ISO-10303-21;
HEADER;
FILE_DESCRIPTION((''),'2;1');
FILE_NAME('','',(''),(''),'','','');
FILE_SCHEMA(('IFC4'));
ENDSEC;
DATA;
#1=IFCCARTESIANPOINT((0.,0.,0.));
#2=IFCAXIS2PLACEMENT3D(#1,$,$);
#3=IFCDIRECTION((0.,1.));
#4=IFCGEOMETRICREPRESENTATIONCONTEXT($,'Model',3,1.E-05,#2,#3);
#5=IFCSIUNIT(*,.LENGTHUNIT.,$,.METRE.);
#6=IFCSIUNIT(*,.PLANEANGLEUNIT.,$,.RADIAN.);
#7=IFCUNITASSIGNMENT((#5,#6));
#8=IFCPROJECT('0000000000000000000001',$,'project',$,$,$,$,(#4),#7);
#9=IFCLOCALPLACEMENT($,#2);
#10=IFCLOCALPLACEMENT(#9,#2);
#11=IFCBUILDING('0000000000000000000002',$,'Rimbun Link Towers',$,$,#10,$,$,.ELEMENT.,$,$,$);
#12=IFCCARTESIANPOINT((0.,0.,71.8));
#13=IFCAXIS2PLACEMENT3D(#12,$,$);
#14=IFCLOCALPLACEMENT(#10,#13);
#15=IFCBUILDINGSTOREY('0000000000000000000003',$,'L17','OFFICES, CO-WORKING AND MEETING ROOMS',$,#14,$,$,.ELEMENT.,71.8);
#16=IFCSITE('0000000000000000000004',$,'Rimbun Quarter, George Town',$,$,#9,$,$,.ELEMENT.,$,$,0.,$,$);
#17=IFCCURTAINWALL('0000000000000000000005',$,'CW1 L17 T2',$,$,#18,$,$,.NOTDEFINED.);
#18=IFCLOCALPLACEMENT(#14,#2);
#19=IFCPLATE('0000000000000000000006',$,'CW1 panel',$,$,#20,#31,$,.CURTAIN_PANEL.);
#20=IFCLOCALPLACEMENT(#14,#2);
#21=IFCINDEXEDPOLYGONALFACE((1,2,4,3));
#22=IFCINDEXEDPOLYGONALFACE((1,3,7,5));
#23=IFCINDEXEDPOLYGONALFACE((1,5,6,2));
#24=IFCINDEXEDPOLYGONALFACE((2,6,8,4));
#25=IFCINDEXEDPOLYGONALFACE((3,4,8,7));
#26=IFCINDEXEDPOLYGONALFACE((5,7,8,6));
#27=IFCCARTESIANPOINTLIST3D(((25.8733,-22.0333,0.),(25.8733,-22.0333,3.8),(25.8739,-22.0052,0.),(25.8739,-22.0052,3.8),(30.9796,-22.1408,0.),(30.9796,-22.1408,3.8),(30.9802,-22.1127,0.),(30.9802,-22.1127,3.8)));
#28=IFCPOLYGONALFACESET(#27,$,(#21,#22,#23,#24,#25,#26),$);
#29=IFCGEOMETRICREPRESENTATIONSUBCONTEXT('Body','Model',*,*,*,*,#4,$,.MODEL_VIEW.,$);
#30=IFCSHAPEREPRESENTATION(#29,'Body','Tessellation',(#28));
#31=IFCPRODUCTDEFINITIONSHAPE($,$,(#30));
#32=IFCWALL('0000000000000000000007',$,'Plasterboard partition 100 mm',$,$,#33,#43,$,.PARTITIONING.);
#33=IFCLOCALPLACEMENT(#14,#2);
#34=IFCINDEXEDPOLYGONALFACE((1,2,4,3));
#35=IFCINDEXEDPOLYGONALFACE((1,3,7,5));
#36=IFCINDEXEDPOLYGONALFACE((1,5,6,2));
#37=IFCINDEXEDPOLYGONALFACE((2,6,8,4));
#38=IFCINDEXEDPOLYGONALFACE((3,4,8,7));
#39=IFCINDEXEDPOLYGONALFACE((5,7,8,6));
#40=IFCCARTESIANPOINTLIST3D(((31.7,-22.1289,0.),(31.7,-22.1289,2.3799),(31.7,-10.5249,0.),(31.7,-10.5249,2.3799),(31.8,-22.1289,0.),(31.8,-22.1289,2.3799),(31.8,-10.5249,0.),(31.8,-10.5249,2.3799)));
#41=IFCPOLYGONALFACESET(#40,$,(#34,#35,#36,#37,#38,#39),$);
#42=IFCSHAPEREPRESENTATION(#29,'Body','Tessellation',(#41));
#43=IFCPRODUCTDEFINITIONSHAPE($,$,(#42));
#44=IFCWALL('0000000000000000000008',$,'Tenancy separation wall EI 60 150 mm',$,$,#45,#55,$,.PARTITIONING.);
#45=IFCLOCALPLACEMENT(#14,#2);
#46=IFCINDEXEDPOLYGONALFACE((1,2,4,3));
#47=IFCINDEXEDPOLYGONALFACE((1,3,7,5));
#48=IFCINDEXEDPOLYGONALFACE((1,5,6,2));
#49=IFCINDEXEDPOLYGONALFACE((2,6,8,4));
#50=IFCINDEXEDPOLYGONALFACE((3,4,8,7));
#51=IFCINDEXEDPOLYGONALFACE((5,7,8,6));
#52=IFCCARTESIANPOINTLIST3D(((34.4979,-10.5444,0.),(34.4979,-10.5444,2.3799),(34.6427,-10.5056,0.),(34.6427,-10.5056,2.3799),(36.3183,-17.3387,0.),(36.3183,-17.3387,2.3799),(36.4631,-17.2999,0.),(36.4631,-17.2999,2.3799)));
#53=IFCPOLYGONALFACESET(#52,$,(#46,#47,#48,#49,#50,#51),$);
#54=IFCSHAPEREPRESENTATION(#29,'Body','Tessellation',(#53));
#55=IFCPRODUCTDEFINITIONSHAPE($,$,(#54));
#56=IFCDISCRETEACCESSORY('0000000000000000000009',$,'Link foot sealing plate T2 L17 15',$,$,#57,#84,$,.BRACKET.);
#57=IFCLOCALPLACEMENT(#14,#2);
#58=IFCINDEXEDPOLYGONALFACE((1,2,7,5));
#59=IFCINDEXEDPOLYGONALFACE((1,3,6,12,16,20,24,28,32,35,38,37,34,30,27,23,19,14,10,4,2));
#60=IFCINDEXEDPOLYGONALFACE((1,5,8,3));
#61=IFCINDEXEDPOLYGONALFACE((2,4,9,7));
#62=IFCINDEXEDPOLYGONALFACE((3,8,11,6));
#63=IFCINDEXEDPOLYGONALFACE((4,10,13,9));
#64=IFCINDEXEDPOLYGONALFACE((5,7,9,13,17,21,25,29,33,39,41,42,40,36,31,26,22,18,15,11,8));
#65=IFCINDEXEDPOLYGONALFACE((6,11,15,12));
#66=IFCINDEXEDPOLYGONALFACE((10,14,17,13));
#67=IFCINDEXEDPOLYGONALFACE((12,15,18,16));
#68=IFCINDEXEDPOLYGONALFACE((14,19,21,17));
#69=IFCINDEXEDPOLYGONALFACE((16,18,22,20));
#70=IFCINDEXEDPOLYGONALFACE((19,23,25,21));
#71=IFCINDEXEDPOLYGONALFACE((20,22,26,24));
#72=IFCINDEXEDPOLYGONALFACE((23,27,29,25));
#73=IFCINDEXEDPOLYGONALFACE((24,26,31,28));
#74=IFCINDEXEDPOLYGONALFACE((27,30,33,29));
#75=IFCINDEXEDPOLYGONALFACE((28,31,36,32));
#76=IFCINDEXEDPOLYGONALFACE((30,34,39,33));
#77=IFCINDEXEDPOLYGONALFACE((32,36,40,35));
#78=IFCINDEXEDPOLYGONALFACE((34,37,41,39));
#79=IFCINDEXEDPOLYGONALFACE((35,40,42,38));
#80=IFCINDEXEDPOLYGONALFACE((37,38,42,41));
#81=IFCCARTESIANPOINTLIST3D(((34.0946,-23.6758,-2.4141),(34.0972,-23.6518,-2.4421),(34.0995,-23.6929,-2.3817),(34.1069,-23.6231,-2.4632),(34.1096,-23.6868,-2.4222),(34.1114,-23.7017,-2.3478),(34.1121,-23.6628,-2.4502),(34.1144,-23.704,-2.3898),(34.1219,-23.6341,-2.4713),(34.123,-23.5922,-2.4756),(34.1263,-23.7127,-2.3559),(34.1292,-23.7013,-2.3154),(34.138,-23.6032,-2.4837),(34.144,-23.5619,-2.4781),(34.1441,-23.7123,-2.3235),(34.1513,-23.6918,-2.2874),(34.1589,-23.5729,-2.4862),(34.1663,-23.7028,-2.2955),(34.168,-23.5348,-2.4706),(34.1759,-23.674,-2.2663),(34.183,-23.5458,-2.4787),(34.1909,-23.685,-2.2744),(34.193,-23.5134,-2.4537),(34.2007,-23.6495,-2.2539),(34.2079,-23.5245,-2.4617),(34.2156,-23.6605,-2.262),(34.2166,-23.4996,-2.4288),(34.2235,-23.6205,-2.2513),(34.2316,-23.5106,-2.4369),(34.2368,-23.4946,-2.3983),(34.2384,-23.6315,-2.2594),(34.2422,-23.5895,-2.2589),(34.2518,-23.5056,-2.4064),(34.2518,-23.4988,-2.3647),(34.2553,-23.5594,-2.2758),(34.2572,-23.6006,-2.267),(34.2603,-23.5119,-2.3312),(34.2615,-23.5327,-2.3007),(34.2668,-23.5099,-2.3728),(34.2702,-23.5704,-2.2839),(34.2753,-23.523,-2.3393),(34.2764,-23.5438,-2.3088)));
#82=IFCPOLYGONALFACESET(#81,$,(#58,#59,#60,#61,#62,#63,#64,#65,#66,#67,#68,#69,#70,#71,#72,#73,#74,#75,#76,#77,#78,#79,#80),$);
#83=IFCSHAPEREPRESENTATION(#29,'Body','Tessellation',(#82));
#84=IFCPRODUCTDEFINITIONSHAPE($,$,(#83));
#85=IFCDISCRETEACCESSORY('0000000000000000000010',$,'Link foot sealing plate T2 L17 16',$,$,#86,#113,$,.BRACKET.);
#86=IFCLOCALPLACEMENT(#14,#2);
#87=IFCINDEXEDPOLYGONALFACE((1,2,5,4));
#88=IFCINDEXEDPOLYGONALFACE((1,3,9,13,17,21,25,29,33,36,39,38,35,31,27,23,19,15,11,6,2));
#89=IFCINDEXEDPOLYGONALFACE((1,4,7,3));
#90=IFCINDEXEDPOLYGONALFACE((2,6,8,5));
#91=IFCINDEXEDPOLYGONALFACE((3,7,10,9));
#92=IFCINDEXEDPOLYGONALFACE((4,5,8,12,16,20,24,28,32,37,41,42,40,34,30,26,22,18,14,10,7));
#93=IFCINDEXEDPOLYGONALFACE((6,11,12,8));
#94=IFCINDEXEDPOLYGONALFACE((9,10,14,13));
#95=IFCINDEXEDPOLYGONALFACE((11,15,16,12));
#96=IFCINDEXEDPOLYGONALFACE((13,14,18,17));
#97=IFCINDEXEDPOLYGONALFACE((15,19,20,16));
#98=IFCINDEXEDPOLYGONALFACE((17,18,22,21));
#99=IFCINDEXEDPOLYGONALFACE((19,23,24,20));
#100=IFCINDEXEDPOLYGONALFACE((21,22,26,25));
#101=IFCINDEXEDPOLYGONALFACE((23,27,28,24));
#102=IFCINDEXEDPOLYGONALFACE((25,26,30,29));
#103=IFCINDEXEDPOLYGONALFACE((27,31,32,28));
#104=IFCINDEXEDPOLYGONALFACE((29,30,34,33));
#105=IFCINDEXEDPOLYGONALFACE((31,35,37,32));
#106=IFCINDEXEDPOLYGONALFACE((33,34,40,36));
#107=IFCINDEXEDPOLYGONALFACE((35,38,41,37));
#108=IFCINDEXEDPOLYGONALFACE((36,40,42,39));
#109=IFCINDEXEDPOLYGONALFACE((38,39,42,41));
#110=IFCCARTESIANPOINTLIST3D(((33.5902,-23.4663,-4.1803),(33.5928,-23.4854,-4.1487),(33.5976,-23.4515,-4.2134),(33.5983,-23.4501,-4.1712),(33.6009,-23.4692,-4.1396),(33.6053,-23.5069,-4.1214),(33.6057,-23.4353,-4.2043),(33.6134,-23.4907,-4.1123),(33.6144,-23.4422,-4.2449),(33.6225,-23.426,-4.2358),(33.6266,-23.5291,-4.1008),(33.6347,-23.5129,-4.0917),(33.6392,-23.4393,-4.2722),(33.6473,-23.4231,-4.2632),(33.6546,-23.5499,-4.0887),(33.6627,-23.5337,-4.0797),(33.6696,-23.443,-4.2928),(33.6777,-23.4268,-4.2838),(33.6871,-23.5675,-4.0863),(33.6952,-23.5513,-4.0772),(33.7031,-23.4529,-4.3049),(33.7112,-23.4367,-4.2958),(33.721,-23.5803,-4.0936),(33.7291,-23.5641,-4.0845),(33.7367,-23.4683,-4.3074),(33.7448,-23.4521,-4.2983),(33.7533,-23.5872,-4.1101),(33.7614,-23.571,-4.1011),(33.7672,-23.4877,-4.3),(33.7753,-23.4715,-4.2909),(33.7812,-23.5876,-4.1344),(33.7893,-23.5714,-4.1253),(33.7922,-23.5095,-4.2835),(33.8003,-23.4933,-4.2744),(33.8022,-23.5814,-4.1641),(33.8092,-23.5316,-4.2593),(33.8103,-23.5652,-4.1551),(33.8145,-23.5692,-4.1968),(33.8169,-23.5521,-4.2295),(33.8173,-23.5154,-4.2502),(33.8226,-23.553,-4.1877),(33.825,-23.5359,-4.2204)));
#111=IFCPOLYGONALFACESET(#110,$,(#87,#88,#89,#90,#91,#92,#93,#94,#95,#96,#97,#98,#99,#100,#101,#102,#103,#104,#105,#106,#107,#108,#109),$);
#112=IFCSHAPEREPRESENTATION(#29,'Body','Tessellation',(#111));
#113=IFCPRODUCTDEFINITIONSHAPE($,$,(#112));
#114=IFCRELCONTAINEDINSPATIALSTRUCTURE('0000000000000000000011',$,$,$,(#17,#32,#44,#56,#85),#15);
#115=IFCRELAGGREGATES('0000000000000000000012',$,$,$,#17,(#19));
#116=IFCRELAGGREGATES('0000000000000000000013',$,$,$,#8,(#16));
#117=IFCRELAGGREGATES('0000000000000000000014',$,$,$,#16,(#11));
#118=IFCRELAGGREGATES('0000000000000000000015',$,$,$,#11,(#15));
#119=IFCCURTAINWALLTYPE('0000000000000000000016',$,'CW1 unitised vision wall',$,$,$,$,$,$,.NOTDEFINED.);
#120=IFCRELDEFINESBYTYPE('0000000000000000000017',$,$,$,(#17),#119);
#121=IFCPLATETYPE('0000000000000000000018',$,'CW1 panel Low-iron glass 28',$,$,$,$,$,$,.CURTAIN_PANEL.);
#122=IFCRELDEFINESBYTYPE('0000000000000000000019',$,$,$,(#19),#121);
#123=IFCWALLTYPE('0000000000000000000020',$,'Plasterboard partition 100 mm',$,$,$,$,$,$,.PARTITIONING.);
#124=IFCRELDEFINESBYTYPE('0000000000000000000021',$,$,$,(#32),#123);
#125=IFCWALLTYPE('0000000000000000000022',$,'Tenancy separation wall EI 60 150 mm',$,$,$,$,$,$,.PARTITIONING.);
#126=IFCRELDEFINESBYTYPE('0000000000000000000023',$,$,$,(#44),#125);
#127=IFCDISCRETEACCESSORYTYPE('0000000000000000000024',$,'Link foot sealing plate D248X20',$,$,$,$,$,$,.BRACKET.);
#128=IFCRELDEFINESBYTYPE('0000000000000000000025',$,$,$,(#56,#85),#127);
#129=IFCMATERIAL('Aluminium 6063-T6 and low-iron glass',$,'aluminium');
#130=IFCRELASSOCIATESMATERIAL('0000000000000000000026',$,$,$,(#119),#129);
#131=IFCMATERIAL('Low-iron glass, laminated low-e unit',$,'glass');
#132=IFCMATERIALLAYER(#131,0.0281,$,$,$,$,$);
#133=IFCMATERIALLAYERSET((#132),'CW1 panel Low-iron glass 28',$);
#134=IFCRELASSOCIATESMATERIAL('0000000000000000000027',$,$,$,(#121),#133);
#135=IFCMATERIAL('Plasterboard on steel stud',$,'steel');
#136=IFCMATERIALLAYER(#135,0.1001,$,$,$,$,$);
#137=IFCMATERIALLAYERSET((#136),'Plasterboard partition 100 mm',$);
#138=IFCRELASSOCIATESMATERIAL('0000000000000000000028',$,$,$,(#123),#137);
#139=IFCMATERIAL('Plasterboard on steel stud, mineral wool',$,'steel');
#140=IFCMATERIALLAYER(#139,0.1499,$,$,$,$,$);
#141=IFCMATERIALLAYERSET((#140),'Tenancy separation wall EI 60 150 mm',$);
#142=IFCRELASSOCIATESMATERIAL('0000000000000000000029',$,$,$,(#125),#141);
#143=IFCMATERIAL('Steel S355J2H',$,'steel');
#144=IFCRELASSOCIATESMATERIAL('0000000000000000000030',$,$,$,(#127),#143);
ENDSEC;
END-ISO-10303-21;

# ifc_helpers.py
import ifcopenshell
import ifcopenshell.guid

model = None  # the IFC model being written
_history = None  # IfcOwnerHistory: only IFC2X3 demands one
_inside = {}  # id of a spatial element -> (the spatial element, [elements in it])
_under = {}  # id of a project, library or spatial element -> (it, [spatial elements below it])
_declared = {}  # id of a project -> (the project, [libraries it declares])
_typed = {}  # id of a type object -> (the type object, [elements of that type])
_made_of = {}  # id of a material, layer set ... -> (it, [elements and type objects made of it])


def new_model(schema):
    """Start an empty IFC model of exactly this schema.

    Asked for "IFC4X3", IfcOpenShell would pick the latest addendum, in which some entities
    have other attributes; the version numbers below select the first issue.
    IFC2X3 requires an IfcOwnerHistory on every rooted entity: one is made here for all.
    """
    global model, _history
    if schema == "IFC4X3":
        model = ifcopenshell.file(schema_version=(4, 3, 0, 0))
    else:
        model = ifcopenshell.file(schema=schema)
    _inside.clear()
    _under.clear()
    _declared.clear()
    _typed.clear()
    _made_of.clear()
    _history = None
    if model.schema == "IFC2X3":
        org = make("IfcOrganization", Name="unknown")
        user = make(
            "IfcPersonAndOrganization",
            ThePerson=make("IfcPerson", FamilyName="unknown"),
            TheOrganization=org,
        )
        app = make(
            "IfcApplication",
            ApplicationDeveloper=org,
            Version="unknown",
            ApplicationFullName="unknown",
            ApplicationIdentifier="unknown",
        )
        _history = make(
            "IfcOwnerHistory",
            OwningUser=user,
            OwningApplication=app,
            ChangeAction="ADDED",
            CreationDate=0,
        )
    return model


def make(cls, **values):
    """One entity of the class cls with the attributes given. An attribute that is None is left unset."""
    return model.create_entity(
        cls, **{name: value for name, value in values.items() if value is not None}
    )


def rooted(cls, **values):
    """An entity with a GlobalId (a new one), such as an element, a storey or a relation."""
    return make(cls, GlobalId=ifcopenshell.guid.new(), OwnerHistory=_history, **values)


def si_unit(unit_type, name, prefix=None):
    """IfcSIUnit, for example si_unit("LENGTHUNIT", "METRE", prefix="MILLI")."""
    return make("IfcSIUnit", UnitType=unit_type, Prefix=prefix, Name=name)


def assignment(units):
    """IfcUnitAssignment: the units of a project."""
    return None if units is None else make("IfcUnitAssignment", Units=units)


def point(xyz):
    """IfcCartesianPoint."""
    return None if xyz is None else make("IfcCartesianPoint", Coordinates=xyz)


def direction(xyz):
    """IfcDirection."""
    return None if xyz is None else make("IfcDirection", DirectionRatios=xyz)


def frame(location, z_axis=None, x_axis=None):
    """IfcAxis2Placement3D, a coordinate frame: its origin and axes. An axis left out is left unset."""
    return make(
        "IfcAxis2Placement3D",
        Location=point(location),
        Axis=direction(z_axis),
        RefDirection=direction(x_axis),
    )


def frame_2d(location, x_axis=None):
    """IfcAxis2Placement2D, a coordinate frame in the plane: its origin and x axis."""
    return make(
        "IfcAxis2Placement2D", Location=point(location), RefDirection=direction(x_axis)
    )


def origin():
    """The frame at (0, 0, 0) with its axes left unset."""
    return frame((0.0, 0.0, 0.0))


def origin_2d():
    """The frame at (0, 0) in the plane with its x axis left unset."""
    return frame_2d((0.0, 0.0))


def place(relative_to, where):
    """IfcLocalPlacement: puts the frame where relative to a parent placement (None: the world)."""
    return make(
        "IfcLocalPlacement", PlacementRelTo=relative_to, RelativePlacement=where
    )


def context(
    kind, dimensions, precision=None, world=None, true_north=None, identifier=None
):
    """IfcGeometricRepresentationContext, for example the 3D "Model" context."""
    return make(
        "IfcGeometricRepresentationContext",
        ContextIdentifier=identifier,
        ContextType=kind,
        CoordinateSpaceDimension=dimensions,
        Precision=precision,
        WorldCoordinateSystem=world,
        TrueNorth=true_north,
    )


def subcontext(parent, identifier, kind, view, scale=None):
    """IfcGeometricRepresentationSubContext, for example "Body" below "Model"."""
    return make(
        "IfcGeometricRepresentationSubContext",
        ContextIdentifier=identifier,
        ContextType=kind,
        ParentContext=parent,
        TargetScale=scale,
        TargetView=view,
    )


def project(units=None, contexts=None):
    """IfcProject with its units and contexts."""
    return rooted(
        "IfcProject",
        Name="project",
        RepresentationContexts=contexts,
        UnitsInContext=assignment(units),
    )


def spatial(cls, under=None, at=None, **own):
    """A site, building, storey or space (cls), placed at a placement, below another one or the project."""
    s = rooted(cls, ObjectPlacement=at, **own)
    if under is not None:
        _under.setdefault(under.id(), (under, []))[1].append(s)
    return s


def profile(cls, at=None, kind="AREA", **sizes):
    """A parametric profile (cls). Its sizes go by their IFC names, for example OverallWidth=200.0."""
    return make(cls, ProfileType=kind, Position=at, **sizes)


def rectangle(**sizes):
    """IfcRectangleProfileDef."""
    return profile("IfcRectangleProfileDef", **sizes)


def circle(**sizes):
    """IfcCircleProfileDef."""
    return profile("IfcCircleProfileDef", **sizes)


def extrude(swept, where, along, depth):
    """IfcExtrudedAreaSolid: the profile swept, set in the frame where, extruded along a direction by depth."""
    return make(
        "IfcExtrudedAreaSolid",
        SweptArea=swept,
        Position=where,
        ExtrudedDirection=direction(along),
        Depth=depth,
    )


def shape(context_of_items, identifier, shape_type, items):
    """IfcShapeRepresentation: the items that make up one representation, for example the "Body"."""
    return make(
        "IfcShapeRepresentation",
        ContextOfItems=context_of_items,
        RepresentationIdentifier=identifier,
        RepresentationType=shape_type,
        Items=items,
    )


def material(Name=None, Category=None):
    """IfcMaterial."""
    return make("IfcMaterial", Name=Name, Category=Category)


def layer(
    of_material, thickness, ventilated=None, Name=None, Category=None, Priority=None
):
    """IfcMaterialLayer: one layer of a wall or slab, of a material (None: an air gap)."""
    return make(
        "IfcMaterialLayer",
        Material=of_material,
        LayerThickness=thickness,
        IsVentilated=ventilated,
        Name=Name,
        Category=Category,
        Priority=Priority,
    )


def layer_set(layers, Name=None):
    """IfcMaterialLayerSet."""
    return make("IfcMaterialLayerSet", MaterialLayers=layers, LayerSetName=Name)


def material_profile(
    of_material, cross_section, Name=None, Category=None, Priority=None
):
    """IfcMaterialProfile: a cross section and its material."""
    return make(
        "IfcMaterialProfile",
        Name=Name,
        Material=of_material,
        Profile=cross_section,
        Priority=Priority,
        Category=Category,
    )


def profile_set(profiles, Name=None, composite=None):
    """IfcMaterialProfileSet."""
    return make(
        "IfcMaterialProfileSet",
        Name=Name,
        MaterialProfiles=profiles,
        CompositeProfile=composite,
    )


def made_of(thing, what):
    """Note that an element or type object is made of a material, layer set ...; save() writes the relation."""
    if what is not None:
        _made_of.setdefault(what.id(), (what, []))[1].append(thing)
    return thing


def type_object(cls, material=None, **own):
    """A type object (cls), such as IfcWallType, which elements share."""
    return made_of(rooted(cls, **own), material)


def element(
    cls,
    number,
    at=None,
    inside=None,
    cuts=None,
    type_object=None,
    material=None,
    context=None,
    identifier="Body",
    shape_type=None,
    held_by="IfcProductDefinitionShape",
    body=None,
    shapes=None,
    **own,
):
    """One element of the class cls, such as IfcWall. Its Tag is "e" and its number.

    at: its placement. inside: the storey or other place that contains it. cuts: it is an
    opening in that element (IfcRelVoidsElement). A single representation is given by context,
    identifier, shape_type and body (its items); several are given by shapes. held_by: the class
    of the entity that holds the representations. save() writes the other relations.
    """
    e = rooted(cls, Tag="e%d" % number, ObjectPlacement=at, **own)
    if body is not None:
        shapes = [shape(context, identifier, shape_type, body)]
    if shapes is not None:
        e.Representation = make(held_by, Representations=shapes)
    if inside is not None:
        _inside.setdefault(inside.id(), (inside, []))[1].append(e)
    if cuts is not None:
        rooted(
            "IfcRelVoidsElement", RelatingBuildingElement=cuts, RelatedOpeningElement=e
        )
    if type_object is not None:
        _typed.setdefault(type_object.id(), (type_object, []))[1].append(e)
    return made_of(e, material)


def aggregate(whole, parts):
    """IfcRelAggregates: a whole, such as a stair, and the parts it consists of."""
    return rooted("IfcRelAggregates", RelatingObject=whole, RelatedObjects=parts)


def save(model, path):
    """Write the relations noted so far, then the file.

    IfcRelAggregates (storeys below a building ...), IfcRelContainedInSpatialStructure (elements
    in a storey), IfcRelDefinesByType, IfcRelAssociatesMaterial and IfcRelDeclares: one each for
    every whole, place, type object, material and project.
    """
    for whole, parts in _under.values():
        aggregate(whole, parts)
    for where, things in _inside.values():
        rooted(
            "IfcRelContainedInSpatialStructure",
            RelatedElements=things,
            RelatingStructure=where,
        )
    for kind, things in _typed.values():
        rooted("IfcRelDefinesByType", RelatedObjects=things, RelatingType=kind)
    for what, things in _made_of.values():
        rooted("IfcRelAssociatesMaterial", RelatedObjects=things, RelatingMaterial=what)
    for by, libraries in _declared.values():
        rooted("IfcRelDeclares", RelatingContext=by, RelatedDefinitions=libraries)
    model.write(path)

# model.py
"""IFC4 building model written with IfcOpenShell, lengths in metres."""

from ifc_helpers import new_model, si_unit, direction, frame, frame_2d, origin, origin_2d, place, context, subcontext, project, spatial, rectangle, circle, extrude, material, layer, layer_set, material_profile, profile_set, type_object, element, aggregate, save


model = new_model("IFC4")

# Units and contexts
model_context = context("Model", 3, precision=1e-05, world=origin(), true_north=direction((0.0, 1.0)))
body_context = subcontext(model_context, "Body", "Model", "MODEL_VIEW")
ifc_project = project(units=[si_unit("LENGTHUNIT", "METRE"), si_unit("PLANEANGLEUNIT", "RADIAN")], contexts=[model_context])

# Site, building, storey
site_placement = place(None, origin())
site = spatial("IfcSite", under=ifc_project, at=site_placement, Name="Rimbun Quarter, George Town", CompositionType="ELEMENT", RefElevation=0.0)
building_placement = place(site_placement, origin())
building = spatial("IfcBuilding", under=site, at=building_placement, Name="Rimbun Link Towers", CompositionType="ELEMENT")
storey_placement = place(building_placement, frame((0.0, 0.0, 71.8)))
storey = spatial("IfcBuildingStorey", under=building, at=storey_placement, Name="L17", Description="OFFICES, CO-WORKING AND MEETING ROOMS", CompositionType="ELEMENT", Elevation=71.8)

# Curtain wall
ifc_material_1 = material(Name="Aluminium 6063-T6 and low-iron glass", Category="aluminium")
curtain_wall_type = type_object("IfcCurtainWallType", Name="CW1 unitised vision wall", PredefinedType="NOTDEFINED", material=ifc_material_1)
curtain_wall_placement = place(storey_placement, origin())
curtain_wall = element("IfcCurtainWall", 1, at=curtain_wall_placement, inside=storey, type_object=curtain_wall_type, Name="CW1 L17 T2", PredefinedType="NOTDEFINED")

# Plate
ifc_material_2 = material(Name="Low-iron glass, laminated low-e unit", Category="glass")
ifc_layer_1 = layer(ifc_material_2, 0.0281)
ifc_layer_set_1 = layer_set([ifc_layer_1], Name="CW1 panel Low-iron glass 28")
plate_type = type_object("IfcPlateType", Name="CW1 panel Low-iron glass 28", PredefinedType="CURTAIN_PANEL", material=ifc_layer_set_1)
plate_placement = place(storey_placement, frame((28.4268, -22.073, 0.0), z_axis=(0.0, 0.0, 1.0), x_axis=(-0.999778, 0.02106, 0.0)))
plate = element("IfcPlate", 2, at=plate_placement, type_object=plate_type, Name="CW1 panel", PredefinedType="CURTAIN_PANEL", context=body_context, shape_type="SweptSolid", body=[
    extrude(rectangle(XDim=5.1074, YDim=0.0281, at=origin_2d()), origin(), (0.0, 0.0, 1.0), 3.8),
])
aggregate(curtain_wall, [plate])

# Walls
ifc_material_3 = material(Name="Plasterboard on steel stud", Category="steel")
ifc_layer_2 = layer(ifc_material_3, 0.1001)
ifc_layer_set_2 = layer_set([ifc_layer_2], Name="Plasterboard partition 100 mm")
wall_type_1 = type_object("IfcWallType", Name="Plasterboard partition 100 mm", PredefinedType="PARTITIONING", material=ifc_layer_set_2)
wall_1_placement = place(storey_placement, frame((31.75, -22.1289, 0.0), z_axis=(0.0, 0.0, 1.0), x_axis=(0.0, 1.0, 0.0)))
element("IfcWall", 3, at=wall_1_placement, inside=storey, type_object=wall_type_1, Name="Plasterboard partition 100 mm", PredefinedType="PARTITIONING", context=body_context, shape_type="SweptSolid", body=[
    extrude(rectangle(XDim=11.604, YDim=0.1001, at=frame_2d((5.802, 0.0))), origin(), (0.0, 0.0, 1.0), 2.3799),
])
ifc_material_4 = material(Name="Plasterboard on steel stud, mineral wool", Category="steel")
ifc_layer_3 = layer(ifc_material_4, 0.1499)
ifc_layer_set_3 = layer_set([ifc_layer_3], Name="Tenancy separation wall EI 60 150 mm")
wall_type_2 = type_object("IfcWallType", Name="Tenancy separation wall EI 60 150 mm", PredefinedType="PARTITIONING", material=ifc_layer_set_3)
wall_2_placement = place(storey_placement, frame((34.5703, -10.5249, 0.0), z_axis=(0.0, 0.0, 1.0), x_axis=(0.258794, -0.965932, 0.0)))
element("IfcWall", 4, at=wall_2_placement, inside=storey, type_object=wall_type_2, Name="Tenancy separation wall EI 60 150 mm", PredefinedType="PARTITIONING", context=body_context, shape_type="SweptSolid", body=[
    extrude(rectangle(XDim=7.0339, YDim=0.1499, at=frame_2d((3.5171, 0.0))), origin(), (0.0, 0.0, 1.0), 2.3799),
])

# Discrete accessories
ifc_material_5 = material(Name="Steel S355J2H", Category="steel")
ifc_material_profile_1 = material_profile(ifc_material_5, circle(Radius=0.124, at=origin_2d()), Name="PL D248")
ifc_profile_set_1 = profile_set([ifc_material_profile_1], Name="Steel S355J2H")
discrete_accessory_type = type_object("IfcDiscreteAccessoryType", Name="Link foot sealing plate D248X20", PredefinedType="BRACKET", material=ifc_profile_set_1)
for number, where, z_axis, x_axis, name in (
    (5, (34.1782, -23.5986, -2.3647), (0.737837, -0.544306, -0.399158), (0.593649, 0.804724, 0.0), "Link foot sealing plate T2 L17 15"),
    (6, (33.7117, -23.4976, -4.1877), (-0.399772, -0.799545, -0.44823), (0.894427, -0.447214, 0.0), "Link foot sealing plate T2 L17 16"),
):
    element("IfcDiscreteAccessory", number, at=place(storey_placement, frame(where, z_axis=z_axis, x_axis=x_axis)), inside=storey, type_object=discrete_accessory_type, Name=name, PredefinedType="BRACKET", context=body_context, shape_type="SweptSolid", body=[
        extrude(circle(Radius=0.124, at=origin_2d()), origin(), (0.0, 0.0, 1.0), 0.0203),
    ])

save(model, "model.ifc")
